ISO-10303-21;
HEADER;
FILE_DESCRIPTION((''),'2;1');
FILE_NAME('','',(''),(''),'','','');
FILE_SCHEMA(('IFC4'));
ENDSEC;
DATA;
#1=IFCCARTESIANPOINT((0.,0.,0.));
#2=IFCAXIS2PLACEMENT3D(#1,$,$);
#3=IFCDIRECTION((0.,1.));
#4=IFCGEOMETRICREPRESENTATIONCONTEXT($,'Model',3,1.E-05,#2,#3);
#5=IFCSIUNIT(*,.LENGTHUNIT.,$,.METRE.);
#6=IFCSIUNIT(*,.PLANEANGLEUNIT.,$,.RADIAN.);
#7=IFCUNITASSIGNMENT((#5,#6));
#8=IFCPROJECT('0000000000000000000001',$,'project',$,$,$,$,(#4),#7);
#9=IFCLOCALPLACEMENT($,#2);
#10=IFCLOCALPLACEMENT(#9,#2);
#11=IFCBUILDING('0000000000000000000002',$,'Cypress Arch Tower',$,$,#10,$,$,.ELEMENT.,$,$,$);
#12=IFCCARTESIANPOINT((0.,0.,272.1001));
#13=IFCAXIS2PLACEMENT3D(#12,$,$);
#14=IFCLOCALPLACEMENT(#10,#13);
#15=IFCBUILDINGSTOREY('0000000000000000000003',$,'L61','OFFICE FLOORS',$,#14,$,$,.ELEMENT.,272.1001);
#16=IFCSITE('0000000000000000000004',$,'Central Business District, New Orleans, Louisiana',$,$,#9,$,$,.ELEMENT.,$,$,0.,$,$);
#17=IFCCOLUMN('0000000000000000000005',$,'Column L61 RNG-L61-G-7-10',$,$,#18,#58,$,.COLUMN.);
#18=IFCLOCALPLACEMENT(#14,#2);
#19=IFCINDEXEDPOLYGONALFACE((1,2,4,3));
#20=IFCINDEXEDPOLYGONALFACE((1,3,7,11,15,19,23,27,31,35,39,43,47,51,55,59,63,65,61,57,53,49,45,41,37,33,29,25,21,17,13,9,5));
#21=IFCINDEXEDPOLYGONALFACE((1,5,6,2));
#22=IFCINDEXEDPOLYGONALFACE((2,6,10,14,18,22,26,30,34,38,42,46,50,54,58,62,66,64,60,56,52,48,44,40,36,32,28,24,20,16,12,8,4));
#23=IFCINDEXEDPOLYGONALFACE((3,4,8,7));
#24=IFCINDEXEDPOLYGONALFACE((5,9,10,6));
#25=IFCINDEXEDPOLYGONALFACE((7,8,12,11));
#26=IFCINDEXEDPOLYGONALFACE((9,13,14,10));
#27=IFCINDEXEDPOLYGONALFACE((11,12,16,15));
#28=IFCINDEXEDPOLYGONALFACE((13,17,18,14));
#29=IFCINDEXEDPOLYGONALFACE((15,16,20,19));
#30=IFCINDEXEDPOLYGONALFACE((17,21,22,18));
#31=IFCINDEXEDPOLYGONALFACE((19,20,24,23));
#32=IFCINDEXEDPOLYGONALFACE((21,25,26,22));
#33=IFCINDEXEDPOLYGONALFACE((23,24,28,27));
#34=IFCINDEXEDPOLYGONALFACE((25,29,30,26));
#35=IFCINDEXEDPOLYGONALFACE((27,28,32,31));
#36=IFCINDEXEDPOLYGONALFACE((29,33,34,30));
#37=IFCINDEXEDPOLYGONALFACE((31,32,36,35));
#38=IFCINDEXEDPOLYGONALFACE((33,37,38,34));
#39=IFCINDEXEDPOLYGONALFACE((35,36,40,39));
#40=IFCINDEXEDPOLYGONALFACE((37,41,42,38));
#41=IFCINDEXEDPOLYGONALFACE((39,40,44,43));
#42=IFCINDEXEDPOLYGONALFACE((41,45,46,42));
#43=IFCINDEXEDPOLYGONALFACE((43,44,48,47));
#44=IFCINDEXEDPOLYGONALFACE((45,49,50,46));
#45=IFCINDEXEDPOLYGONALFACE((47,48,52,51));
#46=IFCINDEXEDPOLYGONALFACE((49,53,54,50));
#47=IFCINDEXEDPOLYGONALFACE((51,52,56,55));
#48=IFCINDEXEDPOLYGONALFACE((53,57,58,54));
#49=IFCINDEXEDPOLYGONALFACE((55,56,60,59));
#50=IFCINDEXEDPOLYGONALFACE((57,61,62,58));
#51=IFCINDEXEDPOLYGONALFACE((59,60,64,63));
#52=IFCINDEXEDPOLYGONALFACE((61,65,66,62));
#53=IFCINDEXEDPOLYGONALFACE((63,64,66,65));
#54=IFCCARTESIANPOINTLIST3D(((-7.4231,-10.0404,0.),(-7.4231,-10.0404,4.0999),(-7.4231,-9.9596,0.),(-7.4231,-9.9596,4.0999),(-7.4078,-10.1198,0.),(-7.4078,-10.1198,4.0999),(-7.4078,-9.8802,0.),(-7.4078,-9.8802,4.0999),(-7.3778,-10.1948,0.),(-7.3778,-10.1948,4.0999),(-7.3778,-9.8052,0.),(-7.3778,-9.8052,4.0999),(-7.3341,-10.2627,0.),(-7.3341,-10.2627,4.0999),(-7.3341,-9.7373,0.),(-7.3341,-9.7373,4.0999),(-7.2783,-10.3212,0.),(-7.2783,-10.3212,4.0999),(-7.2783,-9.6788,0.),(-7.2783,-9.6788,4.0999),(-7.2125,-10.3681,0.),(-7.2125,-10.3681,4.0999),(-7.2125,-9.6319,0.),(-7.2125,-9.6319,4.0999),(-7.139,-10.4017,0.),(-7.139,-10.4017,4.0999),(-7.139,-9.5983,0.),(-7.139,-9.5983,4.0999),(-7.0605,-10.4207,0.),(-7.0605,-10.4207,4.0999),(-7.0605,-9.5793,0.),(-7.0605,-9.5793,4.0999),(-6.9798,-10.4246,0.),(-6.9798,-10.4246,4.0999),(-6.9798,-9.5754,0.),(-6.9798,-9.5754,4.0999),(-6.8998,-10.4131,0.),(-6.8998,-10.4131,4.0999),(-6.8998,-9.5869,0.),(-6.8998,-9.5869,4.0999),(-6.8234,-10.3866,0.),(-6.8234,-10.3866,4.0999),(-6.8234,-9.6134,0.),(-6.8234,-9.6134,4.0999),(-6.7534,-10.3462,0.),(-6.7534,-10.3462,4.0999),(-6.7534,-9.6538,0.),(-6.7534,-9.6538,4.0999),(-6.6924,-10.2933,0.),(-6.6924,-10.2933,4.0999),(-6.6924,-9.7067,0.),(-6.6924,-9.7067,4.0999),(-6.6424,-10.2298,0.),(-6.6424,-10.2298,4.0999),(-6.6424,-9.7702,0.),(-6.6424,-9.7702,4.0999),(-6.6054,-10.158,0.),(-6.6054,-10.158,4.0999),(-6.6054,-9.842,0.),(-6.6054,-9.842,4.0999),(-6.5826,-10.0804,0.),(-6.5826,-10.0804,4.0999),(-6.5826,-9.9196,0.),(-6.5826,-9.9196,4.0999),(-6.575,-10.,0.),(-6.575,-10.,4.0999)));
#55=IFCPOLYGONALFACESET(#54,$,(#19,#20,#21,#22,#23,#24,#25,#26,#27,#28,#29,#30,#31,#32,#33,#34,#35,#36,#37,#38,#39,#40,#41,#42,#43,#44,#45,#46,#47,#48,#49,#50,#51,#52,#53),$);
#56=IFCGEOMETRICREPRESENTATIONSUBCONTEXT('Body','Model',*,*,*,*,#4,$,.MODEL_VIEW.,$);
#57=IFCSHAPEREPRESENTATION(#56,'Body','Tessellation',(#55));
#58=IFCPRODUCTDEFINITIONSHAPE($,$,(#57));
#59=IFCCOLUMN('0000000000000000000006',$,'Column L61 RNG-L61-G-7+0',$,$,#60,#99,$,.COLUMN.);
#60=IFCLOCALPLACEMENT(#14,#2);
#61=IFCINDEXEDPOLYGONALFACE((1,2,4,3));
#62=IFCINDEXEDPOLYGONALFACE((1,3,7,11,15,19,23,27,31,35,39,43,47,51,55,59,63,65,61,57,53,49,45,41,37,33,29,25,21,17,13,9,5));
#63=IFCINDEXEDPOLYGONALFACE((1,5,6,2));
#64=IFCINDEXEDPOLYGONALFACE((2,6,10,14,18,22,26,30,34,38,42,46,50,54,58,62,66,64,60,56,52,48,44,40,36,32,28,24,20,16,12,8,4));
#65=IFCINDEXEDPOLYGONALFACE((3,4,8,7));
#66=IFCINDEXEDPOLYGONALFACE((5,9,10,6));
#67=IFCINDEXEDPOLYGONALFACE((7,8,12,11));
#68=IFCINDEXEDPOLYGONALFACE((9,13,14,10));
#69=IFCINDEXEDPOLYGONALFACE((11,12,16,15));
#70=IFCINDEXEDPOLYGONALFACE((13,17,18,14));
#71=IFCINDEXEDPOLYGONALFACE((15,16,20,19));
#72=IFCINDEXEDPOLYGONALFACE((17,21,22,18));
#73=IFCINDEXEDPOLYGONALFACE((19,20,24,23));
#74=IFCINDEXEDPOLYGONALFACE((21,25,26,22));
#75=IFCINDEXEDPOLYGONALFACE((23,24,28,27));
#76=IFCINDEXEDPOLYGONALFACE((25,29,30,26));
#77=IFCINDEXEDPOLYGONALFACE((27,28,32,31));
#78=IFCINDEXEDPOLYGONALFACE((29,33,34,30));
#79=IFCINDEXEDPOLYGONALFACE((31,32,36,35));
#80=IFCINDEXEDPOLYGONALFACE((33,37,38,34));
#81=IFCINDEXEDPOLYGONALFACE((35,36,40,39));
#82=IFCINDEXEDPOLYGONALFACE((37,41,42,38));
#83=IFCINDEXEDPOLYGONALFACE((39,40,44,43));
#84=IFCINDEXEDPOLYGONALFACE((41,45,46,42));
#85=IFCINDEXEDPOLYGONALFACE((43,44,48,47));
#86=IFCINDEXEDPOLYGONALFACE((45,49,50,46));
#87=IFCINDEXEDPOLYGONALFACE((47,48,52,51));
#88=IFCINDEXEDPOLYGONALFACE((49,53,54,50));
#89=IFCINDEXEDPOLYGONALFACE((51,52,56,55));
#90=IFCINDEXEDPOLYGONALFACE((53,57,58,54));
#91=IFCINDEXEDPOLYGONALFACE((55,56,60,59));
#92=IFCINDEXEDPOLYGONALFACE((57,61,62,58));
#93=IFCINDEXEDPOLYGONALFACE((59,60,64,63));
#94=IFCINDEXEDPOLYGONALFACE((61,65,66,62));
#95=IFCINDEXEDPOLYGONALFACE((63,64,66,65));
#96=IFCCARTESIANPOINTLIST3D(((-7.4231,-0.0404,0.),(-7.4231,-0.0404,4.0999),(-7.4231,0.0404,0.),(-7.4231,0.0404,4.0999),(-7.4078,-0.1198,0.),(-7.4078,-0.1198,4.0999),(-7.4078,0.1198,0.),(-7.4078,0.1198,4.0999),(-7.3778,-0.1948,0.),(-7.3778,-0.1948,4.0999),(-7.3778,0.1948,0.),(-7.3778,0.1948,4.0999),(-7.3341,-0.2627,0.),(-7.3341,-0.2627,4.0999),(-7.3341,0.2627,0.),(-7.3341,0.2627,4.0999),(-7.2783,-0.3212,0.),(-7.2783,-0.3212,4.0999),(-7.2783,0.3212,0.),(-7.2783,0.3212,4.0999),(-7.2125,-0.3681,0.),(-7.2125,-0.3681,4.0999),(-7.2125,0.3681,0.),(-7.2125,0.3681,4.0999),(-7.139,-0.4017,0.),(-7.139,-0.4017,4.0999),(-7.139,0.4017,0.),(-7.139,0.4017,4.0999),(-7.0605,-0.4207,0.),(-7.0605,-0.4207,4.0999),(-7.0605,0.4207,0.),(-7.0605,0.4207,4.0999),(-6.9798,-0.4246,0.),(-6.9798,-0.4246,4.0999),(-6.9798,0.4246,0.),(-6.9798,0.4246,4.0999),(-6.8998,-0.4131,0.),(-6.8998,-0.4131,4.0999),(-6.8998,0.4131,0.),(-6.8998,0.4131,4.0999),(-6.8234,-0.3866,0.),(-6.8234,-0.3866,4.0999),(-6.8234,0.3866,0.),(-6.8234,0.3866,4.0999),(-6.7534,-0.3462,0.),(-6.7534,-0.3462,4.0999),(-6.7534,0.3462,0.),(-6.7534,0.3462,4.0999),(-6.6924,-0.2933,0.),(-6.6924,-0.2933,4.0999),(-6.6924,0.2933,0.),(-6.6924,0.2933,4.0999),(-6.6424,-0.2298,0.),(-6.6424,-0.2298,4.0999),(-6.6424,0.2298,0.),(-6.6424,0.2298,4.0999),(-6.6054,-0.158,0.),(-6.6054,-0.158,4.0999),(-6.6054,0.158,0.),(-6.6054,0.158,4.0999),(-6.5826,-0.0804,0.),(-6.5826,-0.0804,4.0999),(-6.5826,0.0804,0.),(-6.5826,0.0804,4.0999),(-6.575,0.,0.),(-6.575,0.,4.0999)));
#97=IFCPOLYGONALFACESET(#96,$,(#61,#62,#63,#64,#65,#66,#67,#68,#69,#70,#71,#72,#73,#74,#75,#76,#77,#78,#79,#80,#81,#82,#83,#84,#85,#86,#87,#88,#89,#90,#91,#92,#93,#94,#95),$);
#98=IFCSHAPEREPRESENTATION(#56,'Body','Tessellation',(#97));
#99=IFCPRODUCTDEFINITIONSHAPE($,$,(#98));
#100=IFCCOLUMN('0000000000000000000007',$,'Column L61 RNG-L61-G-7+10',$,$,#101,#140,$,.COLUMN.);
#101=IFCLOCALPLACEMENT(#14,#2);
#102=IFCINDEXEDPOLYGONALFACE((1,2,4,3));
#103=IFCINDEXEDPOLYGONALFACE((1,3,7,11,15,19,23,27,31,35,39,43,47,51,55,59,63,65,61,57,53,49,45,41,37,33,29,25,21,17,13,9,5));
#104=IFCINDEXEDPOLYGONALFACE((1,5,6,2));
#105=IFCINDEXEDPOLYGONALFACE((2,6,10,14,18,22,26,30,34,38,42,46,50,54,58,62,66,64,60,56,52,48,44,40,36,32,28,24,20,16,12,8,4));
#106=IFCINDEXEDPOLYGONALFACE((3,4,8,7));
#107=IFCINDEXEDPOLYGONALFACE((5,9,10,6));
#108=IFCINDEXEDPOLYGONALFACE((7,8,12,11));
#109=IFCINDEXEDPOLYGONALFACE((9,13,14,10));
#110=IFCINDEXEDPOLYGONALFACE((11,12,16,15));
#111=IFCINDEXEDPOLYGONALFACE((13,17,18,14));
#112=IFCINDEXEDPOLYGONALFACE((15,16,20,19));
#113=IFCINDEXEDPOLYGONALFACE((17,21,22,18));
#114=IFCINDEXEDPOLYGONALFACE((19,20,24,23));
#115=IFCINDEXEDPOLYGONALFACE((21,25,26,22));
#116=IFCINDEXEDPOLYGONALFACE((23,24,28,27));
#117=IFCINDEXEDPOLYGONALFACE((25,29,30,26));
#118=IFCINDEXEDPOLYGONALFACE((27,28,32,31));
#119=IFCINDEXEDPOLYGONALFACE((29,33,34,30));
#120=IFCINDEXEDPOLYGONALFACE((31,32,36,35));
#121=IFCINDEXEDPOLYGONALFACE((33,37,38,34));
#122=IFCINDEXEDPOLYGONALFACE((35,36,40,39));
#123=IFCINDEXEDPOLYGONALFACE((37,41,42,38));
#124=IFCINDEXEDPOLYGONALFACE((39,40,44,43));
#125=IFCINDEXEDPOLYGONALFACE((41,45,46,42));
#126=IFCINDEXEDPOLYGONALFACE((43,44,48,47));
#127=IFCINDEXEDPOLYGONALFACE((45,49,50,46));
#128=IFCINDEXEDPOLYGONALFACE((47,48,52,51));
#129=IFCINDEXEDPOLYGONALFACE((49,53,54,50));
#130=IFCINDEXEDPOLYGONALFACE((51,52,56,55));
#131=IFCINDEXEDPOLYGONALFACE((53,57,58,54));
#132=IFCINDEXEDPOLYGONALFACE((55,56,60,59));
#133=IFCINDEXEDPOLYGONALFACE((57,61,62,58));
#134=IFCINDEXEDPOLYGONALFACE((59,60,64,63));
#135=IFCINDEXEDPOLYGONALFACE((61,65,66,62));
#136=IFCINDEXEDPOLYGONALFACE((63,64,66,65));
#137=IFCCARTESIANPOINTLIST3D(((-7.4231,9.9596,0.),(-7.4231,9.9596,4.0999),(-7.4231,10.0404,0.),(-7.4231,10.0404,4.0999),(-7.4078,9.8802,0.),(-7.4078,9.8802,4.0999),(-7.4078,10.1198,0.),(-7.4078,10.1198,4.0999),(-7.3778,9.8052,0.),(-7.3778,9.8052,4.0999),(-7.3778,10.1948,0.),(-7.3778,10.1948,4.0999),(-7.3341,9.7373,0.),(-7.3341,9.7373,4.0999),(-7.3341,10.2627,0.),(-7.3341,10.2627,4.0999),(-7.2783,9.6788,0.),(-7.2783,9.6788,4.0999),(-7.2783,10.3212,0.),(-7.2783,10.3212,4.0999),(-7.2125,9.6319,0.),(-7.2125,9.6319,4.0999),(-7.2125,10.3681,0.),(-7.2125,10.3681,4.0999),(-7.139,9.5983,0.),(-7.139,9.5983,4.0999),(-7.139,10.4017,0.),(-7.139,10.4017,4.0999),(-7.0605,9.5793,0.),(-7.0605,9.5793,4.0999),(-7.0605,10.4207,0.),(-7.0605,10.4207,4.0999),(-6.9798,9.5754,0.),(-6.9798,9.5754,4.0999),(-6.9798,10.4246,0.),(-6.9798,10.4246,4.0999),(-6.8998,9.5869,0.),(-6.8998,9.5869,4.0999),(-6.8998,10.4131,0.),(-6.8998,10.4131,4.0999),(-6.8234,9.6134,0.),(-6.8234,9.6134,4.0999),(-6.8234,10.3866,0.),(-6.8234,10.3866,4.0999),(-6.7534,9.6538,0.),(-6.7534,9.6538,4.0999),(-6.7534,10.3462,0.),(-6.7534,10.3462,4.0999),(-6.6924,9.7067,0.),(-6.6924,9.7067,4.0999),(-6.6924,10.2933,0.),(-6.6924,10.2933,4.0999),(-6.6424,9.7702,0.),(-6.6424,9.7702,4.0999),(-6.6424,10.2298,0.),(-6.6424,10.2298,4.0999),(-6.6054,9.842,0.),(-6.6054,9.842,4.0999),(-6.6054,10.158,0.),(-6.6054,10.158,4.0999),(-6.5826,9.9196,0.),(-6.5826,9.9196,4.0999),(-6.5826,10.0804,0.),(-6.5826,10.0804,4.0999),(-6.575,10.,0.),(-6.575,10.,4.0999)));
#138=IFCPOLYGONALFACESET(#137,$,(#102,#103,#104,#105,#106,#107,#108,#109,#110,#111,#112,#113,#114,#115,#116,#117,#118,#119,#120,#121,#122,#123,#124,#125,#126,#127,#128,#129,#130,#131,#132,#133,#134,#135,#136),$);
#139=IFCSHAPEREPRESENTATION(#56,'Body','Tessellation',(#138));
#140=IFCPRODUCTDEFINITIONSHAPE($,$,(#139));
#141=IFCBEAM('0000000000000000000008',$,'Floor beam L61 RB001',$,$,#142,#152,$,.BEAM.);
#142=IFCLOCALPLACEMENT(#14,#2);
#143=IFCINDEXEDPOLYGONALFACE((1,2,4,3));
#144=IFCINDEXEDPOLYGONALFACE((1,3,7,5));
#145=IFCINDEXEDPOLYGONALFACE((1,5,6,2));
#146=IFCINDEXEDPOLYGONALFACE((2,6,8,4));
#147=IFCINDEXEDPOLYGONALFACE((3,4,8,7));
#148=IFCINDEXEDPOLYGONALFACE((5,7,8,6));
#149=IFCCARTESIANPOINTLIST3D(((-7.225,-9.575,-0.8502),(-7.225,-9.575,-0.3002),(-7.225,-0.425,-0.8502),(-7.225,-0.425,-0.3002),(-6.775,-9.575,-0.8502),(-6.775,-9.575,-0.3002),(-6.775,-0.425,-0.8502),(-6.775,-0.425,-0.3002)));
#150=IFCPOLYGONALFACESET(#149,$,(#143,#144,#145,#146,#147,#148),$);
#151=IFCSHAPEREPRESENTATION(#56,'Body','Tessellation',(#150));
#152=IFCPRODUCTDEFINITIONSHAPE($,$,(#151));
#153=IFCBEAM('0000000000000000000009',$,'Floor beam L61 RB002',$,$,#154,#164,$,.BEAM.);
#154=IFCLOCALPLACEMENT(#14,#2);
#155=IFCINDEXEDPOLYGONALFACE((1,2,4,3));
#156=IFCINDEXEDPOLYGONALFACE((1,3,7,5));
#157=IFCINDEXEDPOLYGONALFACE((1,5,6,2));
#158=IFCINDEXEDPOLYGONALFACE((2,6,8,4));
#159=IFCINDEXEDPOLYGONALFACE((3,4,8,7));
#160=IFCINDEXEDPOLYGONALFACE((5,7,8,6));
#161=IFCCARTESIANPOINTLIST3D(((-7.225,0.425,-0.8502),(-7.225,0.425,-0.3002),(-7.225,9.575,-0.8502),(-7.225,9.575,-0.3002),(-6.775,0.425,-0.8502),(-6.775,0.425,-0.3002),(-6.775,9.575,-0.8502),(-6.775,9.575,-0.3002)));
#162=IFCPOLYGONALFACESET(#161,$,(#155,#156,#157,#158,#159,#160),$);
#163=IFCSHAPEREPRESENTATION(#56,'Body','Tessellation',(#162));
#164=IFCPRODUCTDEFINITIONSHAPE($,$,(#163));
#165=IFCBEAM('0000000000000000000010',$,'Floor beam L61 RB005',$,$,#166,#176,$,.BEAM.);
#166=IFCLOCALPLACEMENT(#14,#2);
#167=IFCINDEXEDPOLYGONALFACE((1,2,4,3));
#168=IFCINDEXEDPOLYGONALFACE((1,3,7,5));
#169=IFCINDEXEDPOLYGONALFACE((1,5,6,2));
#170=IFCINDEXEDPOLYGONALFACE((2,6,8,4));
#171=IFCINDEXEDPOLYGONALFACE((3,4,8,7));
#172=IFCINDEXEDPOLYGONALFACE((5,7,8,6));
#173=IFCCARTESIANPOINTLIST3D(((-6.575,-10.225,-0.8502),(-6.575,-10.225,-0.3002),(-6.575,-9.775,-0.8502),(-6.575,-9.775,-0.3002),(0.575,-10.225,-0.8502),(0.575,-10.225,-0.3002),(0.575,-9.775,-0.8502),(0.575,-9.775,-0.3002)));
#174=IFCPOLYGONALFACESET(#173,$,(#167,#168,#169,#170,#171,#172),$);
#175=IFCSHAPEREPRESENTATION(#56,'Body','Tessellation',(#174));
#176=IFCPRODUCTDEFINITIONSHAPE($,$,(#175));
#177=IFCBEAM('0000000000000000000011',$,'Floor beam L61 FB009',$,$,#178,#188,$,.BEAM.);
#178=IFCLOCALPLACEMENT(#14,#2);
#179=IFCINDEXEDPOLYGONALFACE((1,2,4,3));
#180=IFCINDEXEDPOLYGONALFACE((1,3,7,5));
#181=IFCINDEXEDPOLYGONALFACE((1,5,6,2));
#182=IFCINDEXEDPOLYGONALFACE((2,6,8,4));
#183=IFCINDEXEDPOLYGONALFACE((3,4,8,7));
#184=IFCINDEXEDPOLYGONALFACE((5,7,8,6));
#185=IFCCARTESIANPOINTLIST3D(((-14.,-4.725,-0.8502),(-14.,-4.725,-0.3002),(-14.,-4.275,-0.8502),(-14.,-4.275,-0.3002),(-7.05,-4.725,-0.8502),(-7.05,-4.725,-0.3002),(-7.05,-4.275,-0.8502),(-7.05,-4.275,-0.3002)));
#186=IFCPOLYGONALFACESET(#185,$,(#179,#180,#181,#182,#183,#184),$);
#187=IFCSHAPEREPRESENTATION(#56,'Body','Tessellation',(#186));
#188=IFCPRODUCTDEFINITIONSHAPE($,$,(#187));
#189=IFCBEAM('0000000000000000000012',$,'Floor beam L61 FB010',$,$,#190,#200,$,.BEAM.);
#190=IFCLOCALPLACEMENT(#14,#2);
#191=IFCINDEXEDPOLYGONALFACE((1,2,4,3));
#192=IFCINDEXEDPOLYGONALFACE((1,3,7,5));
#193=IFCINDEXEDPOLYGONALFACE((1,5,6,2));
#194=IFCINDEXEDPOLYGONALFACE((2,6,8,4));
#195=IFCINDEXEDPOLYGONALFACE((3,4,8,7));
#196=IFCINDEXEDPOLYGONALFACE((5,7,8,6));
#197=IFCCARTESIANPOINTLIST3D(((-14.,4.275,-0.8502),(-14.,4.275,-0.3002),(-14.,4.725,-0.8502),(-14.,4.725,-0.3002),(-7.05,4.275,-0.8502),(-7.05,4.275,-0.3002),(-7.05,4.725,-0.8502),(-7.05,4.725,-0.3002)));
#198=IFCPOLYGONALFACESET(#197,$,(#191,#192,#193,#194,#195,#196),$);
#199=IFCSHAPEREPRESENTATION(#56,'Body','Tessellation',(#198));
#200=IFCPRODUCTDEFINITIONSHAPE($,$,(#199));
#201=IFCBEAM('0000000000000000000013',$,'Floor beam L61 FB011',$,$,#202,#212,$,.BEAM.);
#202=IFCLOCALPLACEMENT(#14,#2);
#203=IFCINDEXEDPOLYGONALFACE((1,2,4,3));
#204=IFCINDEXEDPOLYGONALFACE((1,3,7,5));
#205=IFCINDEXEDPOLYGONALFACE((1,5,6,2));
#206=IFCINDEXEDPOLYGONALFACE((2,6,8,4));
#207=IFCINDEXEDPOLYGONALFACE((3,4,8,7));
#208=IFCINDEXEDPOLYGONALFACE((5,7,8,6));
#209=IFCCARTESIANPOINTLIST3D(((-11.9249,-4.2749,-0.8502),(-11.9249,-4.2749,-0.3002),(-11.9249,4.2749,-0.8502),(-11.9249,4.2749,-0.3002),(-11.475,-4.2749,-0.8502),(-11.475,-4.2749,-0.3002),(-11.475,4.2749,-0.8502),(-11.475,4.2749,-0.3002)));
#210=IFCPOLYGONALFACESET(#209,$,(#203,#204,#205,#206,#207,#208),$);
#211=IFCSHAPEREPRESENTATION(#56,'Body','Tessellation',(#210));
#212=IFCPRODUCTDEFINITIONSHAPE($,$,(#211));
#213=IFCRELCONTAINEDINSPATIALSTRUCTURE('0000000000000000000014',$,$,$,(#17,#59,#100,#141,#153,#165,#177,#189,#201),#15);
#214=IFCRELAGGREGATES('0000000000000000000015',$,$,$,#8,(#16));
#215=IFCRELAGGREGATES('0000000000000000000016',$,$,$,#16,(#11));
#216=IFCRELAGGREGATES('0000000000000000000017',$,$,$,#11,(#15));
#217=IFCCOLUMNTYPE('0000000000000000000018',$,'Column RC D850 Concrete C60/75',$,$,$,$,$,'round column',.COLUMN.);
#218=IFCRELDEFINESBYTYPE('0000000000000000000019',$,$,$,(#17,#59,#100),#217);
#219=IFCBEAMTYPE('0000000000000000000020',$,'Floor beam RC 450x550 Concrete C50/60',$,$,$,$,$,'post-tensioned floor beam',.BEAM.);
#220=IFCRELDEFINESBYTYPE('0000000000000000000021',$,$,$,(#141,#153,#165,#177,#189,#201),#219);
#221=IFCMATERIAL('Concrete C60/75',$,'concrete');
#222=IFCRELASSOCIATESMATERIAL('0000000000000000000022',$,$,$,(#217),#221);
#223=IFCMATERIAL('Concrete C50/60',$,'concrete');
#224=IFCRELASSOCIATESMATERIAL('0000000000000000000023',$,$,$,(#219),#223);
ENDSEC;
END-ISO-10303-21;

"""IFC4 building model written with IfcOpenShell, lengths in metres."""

from ifc_helpers import new_model, si_unit, direction, frame, origin, origin_2d, place, context, subcontext, project, spatial, rectangle, circle, extrude, material, material_profile, profile_set, type_object, element, save


model = new_model("IFC4")

# Units and contexts
model_context = context("Model", 3, precision=1e-05, world=origin(), true_north=direction((0.0, 1.0)))
body_context = subcontext(model_context, "Body", "Model", "MODEL_VIEW")
ifc_project = project(units=[si_unit("LENGTHUNIT", "METRE"), si_unit("PLANEANGLEUNIT", "RADIAN")], contexts=[model_context])

# Site, building, storey
site_placement = place(None, origin())
site = spatial("IfcSite", under=ifc_project, at=site_placement, Name="Central Business District, New Orleans, Louisiana", CompositionType="ELEMENT", RefElevation=0.0)
building_placement = place(site_placement, origin())
building = spatial("IfcBuilding", under=site, at=building_placement, Name="Cypress Arch Tower", CompositionType="ELEMENT")
storey_placement = place(building_placement, frame((0.0, 0.0, 272.1001)))
storey = spatial("IfcBuildingStorey", under=building, at=storey_placement, Name="L61", Description="OFFICE FLOORS", CompositionType="ELEMENT", Elevation=272.1001)

# Columns
ifc_material_1 = material(Name="Concrete C60/75", Category="concrete")
ifc_material_profile_1 = material_profile(ifc_material_1, circle(Radius=0.425, at=origin_2d()), Name="RC D850")
ifc_profile_set_1 = profile_set([ifc_material_profile_1], Name="Concrete C60/75")
column_type = type_object("IfcColumnType", Name="Column RC D850 Concrete C60/75", ElementType="round column", PredefinedType="COLUMN", material=ifc_profile_set_1)
for number, where, z_axis, x_axis, name in (
    (1, (-7.0, -10.0, 0.0), (0.0, 0.0, 1.0), (1.0, 0.0, 0.0), "Column L61 RNG-L61-G-7-10"),
    (2, (-7.0, 0.0, 0.0), (0.0, 0.0, 1.0), (1.0, 0.0, 0.0), "Column L61 RNG-L61-G-7+0"),
    (3, (-7.0, 10.0, 0.0), (0.0, 0.0, 1.0), (1.0, 0.0, 0.0), "Column L61 RNG-L61-G-7+10"),
):
    element("IfcColumn", number, at=place(storey_placement, frame(where, z_axis=z_axis, x_axis=x_axis)), inside=storey, type_object=column_type, Name=name, PredefinedType="COLUMN", context=body_context, shape_type="SweptSolid", body=[
        extrude(circle(Radius=0.425, at=origin_2d()), origin(), (0.0, 0.0, 1.0), 4.0999),
    ])

# Beams
ifc_material_2 = material(Name="Concrete C50/60", Category="concrete")
ifc_material_profile_2 = material_profile(ifc_material_2, rectangle(XDim=0.45, YDim=0.55, at=origin_2d()), Name="RC 450x550")
ifc_profile_set_2 = profile_set([ifc_material_profile_2], Name="Concrete C50/60")
beam_type = type_object("IfcBeamType", Name="Floor beam RC 450x550 Concrete C50/60", ElementType="post-tensioned floor beam", PredefinedType="BEAM", material=ifc_profile_set_2)
for number, where, z_axis, x_axis, name in (
    (4, (-7.0, -9.575, -0.5752), (0.0, 1.0, 0.0), (-1.0, 0.0, 0.0), "Floor beam L61 RB001"),
    (5, (-7.0, 0.425, -0.5752), (0.0, 1.0, 0.0), (-1.0, 0.0, 0.0), "Floor beam L61 RB002"),
):
    element("IfcBeam", number, at=place(storey_placement, frame(where, z_axis=z_axis, x_axis=x_axis)), inside=storey, type_object=beam_type, Name=name, PredefinedType="BEAM", context=body_context, shape_type="SweptSolid", body=[
        extrude(rectangle(XDim=0.45, YDim=0.55, at=origin_2d()), origin(), (0.0, 0.0, 1.0), 9.1499),
    ])
beam_1_placement = place(storey_placement, frame((-6.575, -10.0, -0.5752), z_axis=(1.0, 0.0, 0.0), x_axis=(0.0, 1.0, 0.0)))
element("IfcBeam", 6, at=beam_1_placement, inside=storey, type_object=beam_type, Name="Floor beam L61 RB005", PredefinedType="BEAM", context=body_context, shape_type="SweptSolid", body=[
    extrude(rectangle(XDim=0.45, YDim=0.55, at=origin_2d()), origin(), (0.0, 0.0, 1.0), 7.1499),
])
for number, where, z_axis, x_axis, name in (
    (7, (-14.0, -4.5, -0.5752), (1.0, 0.0, 0.0), (0.0, 1.0, 0.0), "Floor beam L61 FB009"),
    (8, (-14.0, 4.5, -0.5752), (1.0, 0.0, 0.0), (0.0, 1.0, 0.0), "Floor beam L61 FB010"),
):
    element("IfcBeam", number, at=place(storey_placement, frame(where, z_axis=z_axis, x_axis=x_axis)), inside=storey, type_object=beam_type, Name=name, PredefinedType="BEAM", context=body_context, shape_type="SweptSolid", body=[
        extrude(rectangle(XDim=0.45, YDim=0.55, at=origin_2d()), origin(), (0.0, 0.0, 1.0), 6.95),
    ])
beam_2_placement = place(storey_placement, frame((-11.7, -4.2749, -0.5752), z_axis=(0.0, 1.0, 0.0), x_axis=(-1.0, 0.0, 0.0)))
element("IfcBeam", 9, at=beam_2_placement, inside=storey, type_object=beam_type, Name="Floor beam L61 FB011", PredefinedType="BEAM", context=body_context, shape_type="SweptSolid", body=[
    extrude(rectangle(XDim=0.45, YDim=0.55, at=origin_2d()), origin(), (0.0, 0.0, 1.0), 8.5498),
])

save(model, "model.ifc")
